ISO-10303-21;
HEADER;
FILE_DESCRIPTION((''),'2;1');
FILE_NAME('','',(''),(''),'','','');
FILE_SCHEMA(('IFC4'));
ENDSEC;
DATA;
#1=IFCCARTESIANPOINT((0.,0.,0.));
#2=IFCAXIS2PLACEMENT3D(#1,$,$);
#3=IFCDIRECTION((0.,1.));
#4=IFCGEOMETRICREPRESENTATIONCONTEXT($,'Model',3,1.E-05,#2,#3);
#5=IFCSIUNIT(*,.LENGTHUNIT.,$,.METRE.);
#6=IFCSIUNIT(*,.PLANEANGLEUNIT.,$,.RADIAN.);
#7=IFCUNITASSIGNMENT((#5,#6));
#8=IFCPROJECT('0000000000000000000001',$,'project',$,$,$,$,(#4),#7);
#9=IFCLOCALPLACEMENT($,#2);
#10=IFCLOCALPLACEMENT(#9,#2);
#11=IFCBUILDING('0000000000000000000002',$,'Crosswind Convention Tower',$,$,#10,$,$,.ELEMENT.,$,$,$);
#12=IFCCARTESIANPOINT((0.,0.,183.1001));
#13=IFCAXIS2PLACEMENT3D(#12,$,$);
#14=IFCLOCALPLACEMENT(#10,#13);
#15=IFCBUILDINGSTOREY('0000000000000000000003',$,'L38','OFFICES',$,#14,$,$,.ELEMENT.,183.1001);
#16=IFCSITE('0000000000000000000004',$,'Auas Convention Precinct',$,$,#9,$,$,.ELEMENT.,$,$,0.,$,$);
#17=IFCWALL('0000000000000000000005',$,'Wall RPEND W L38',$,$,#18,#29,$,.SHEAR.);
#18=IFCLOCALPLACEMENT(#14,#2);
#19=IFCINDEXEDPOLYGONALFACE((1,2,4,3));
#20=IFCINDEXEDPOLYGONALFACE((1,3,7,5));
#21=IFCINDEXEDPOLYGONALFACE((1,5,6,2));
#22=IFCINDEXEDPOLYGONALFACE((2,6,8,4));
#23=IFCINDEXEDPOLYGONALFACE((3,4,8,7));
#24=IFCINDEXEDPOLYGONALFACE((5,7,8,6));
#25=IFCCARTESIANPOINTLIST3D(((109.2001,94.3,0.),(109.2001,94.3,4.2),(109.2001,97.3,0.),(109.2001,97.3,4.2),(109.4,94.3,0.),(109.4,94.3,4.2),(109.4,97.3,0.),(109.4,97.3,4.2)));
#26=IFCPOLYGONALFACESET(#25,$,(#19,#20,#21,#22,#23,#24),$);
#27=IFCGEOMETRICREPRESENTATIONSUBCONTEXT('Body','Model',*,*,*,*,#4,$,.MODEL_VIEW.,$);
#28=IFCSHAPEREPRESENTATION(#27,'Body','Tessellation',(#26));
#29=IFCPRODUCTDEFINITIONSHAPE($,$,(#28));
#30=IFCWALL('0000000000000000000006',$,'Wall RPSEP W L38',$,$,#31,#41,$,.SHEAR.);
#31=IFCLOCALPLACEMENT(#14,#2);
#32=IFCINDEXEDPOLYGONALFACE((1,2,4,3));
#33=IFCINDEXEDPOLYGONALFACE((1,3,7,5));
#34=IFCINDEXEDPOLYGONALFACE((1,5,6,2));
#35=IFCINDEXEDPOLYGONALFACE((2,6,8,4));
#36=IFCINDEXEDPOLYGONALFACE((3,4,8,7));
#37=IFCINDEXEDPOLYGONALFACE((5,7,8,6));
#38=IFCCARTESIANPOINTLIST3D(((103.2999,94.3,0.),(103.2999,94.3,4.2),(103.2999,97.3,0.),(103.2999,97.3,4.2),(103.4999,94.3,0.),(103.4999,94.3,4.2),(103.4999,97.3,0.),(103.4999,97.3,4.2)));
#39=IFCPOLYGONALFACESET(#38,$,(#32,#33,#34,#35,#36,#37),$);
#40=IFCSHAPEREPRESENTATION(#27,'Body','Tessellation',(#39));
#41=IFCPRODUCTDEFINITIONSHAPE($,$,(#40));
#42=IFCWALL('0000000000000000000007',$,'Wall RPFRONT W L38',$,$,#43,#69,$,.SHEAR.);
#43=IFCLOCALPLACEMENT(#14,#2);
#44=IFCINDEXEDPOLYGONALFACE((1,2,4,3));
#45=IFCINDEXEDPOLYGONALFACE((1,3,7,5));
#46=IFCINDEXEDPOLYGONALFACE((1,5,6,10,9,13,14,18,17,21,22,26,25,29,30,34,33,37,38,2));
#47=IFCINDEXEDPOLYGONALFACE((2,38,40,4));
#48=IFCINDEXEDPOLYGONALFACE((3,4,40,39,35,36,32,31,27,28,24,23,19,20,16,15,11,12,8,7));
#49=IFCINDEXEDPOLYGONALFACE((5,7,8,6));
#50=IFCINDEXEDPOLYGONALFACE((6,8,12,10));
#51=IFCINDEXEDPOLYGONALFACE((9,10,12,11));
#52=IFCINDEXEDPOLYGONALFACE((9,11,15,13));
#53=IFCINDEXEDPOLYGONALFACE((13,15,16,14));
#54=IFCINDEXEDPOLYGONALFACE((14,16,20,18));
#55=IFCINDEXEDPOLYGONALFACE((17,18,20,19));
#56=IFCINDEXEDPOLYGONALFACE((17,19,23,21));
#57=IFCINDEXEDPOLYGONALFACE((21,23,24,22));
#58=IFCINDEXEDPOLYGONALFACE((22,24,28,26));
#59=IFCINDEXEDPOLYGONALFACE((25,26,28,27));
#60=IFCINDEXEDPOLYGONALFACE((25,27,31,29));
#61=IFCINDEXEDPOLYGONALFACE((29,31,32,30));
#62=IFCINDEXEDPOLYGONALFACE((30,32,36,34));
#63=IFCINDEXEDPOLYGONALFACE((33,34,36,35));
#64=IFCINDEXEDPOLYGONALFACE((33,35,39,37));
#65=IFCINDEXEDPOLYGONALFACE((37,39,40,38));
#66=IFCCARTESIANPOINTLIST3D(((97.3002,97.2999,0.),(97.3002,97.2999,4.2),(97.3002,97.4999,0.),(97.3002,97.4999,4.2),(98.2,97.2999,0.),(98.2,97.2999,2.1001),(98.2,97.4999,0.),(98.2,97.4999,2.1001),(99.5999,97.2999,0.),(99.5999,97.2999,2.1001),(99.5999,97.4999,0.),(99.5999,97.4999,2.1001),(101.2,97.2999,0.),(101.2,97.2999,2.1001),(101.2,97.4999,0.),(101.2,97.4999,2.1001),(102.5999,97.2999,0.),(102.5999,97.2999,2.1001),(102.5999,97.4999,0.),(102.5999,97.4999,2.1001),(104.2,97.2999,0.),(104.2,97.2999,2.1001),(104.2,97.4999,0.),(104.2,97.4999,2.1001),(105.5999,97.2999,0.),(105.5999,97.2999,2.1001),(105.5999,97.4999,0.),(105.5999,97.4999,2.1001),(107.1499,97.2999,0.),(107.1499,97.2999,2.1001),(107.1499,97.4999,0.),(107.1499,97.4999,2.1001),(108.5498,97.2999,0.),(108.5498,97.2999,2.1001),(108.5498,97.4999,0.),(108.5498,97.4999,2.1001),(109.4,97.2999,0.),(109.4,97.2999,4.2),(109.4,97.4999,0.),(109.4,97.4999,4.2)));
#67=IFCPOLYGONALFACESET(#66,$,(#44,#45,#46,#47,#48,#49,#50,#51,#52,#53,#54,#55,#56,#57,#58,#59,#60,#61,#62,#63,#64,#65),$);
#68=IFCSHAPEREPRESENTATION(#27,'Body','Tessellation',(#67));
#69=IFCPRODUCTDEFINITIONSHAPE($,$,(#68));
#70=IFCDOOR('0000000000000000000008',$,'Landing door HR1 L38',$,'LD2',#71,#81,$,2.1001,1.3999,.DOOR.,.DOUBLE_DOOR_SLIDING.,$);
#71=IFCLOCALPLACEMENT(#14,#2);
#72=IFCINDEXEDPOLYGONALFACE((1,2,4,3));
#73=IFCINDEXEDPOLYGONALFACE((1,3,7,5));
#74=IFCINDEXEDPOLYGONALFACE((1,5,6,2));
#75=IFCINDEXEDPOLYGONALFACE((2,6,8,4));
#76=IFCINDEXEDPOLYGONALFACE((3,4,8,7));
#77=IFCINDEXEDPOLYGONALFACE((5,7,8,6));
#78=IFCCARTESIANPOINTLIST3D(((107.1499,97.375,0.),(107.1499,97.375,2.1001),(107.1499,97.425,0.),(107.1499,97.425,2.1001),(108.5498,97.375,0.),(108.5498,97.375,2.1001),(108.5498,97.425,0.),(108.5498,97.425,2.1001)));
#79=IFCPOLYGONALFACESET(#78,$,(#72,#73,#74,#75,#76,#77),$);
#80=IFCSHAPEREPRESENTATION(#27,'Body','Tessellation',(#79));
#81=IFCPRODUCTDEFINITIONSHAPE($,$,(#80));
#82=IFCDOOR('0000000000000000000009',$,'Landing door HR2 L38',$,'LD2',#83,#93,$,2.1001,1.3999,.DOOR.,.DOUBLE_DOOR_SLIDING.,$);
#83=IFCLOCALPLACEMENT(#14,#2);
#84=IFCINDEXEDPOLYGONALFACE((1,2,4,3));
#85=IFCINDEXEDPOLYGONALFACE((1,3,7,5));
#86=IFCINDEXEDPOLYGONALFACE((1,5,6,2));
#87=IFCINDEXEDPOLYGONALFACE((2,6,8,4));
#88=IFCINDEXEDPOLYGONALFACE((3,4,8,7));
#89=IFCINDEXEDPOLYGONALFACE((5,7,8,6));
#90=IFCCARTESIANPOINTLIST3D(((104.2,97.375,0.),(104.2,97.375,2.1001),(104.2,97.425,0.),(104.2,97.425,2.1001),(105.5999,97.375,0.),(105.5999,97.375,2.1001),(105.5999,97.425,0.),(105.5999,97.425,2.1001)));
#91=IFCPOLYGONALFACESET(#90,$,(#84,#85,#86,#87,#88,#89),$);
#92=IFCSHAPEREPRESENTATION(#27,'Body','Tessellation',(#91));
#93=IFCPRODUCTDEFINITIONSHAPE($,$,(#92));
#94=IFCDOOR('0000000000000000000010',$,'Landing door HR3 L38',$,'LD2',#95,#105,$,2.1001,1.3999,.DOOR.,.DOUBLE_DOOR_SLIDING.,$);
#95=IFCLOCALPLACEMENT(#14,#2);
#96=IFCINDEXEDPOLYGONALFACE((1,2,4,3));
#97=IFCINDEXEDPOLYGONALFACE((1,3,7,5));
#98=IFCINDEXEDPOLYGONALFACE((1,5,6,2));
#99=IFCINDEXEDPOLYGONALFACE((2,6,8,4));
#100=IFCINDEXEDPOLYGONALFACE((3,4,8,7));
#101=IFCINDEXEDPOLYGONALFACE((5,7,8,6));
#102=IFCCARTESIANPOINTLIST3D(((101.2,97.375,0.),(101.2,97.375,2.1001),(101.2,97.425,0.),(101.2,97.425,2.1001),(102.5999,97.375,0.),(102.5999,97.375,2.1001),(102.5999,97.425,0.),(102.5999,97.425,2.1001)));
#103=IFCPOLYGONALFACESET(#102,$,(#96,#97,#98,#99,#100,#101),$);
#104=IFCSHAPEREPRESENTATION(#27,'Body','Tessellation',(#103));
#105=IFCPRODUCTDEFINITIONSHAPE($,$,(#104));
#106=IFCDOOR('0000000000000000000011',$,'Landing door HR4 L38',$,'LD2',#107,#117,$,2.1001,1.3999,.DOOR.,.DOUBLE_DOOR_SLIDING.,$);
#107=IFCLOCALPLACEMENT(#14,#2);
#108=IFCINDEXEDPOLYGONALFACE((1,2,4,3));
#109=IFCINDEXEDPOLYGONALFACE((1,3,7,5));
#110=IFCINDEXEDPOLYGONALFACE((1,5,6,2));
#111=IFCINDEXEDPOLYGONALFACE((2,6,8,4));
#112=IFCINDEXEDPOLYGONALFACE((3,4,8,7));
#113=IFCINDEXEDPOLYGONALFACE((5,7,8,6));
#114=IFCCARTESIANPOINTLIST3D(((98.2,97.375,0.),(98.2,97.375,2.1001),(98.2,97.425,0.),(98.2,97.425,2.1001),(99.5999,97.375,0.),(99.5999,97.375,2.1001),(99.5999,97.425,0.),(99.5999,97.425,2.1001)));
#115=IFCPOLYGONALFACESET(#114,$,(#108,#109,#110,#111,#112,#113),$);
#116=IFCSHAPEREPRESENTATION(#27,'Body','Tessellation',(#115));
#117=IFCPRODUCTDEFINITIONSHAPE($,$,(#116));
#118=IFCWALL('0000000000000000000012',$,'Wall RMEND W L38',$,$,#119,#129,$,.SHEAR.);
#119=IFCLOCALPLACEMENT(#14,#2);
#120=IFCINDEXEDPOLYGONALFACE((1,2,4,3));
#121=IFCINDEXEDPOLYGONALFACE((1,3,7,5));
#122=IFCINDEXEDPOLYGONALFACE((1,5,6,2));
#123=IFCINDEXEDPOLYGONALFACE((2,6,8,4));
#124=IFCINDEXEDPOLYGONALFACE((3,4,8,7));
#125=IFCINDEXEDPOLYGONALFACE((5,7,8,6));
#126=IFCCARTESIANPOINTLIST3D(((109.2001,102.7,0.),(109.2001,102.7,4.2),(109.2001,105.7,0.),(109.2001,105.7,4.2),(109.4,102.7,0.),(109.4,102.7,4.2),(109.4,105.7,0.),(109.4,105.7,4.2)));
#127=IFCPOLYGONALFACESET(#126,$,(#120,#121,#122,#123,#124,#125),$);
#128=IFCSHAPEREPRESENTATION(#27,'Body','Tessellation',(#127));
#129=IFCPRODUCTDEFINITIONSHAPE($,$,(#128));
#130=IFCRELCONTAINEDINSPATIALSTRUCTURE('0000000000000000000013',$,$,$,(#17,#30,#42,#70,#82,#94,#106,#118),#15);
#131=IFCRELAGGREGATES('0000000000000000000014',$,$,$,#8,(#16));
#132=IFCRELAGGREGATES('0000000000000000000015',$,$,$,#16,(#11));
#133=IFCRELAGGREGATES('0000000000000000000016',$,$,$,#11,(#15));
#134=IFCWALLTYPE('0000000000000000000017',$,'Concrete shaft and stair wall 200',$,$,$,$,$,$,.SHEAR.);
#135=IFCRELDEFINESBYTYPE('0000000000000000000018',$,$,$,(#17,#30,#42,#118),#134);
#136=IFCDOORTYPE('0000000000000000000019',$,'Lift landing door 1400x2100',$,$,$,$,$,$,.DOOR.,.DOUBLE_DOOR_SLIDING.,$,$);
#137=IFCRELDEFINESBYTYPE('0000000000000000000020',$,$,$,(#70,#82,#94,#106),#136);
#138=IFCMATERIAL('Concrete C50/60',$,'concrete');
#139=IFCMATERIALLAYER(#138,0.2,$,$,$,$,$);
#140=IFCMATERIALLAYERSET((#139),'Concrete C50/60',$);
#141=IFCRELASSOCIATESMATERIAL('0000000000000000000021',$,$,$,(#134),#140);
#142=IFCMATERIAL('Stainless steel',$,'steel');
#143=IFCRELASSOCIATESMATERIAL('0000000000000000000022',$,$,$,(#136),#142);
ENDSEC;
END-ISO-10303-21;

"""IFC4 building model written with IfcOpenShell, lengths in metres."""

from ifc_helpers import new_model, si_unit, direction, frame, frame_2d, origin, place, context, subcontext, project, spatial, rectangle, extrude, material, layer, layer_set, type_object, element, fill, save


model = new_model("IFC4")

# Units and contexts
model_context = context("Model", 3, precision=1e-05, world=origin(), true_north=direction((0.0, 1.0)))
body_context = subcontext(model_context, "Body", "Model", "MODEL_VIEW")
ifc_project = project(units=[si_unit("LENGTHUNIT", "METRE"), si_unit("PLANEANGLEUNIT", "RADIAN")], contexts=[model_context])

# Site, building, storey
site_placement = place(None, origin())
site = spatial("IfcSite", under=ifc_project, at=site_placement, Name="Auas Convention Precinct", CompositionType="ELEMENT", RefElevation=0.0)
building_placement = place(site_placement, origin())
building = spatial("IfcBuilding", under=site, at=building_placement, Name="Crosswind Convention Tower", CompositionType="ELEMENT")
storey_placement = place(building_placement, frame((0.0, 0.0, 183.1001)))
storey = spatial("IfcBuildingStorey", under=building, at=storey_placement, Name="L38", Description="OFFICES", CompositionType="ELEMENT", Elevation=183.1001)

# Walls
ifc_material_1 = material(Name="Concrete C50/60", Category="concrete")
ifc_layer_1 = layer(ifc_material_1, 0.2)
ifc_layer_set_1 = layer_set([ifc_layer_1], Name="Concrete C50/60")
wall_type_1 = type_object("IfcWallType", Name="Concrete shaft and stair wall 200", PredefinedType="SHEAR", material=ifc_layer_set_1)
for number, where, z_axis, x_axis, name in (
    (1, (109.3, 97.3, 0.0), (0.0, 0.0, 1.0), (0.0, -1.0, 0.0), "Wall RPEND W L38"),
    (2, (103.3999, 97.3, 0.0), (0.0, 0.0, 1.0), (0.0, -1.0, 0.0), "Wall RPSEP W L38"),
):
    element("IfcWall", number, at=place(storey_placement, frame(where, z_axis=z_axis, x_axis=x_axis)), inside=storey, type_object=wall_type_1, Name=name, PredefinedType="SHEAR", context=body_context, shape_type="SweptSolid", body=[
        extrude(rectangle(XDim=3.0, YDim=0.2, at=frame_2d((1.5, 0.0))), origin(), (0.0, 0.0, 1.0), 4.2),
    ])

# Wall, openings, doors
wall_1_placement = place(storey_placement, frame((109.3999, 97.3999, 0.0), z_axis=(0.0, 0.0, 1.0), x_axis=(-1.0, 0.0, 0.0)))
wall_1 = element("IfcWall", 3, at=wall_1_placement, inside=storey, type_object=wall_type_1, Name="Wall RPFRONT W L38", PredefinedType="SHEAR", context=body_context, shape_type="SweptSolid", body=[
    extrude(rectangle(XDim=12.0999, YDim=0.2, at=frame_2d((6.0498, 0.0))), origin(), (0.0, 0.0, 1.0), 4.2),
])
opening_1_placement = place(wall_1_placement, frame((0.8501, 0.0, 0.0)))
opening_1 = element("IfcOpeningElement", 4, at=opening_1_placement, cuts=wall_1, PredefinedType="OPENING", context=body_context, shape_type="SweptSolid", body=[
    extrude(rectangle(XDim=1.3999, YDim=2.1001, at=frame_2d((0.7, 1.05))), frame((0.0, 0.1099, 0.0), z_axis=(0.0, -1.0, 0.0), x_axis=(1.0, 0.0, 0.0)), (0.0, 0.0, 1.0), 0.22),
])
opening_2_placement = place(wall_1_placement, frame((3.8, 0.0, 0.0)))
opening_2 = element("IfcOpeningElement", 5, at=opening_2_placement, cuts=wall_1, PredefinedType="OPENING", context=body_context, shape_type="SweptSolid", body=[
    extrude(rectangle(XDim=1.3999, YDim=2.1001, at=frame_2d((0.7, 1.05))), frame((0.0, 0.1099, 0.0), z_axis=(0.0, -1.0, 0.0), x_axis=(1.0, 0.0, 0.0)), (0.0, 0.0, 1.0), 0.22),
])
opening_3_placement = place(wall_1_placement, frame((6.8, 0.0, 0.0)))
opening_3 = element("IfcOpeningElement", 6, at=opening_3_placement, cuts=wall_1, PredefinedType="OPENING", context=body_context, shape_type="SweptSolid", body=[
    extrude(rectangle(XDim=1.3999, YDim=2.1001, at=frame_2d((0.7, 1.05))), frame((0.0, 0.1099, 0.0), z_axis=(0.0, -1.0, 0.0), x_axis=(1.0, 0.0, 0.0)), (0.0, 0.0, 1.0), 0.22),
])
opening_4_placement = place(wall_1_placement, frame((9.8, 0.0, 0.0)))
opening_4 = element("IfcOpeningElement", 7, at=opening_4_placement, cuts=wall_1, PredefinedType="OPENING", context=body_context, shape_type="SweptSolid", body=[
    extrude(rectangle(XDim=1.3999, YDim=2.1001, at=frame_2d((0.7, 1.05))), frame((0.0, 0.1099, 0.0), z_axis=(0.0, -1.0, 0.0), x_axis=(1.0, 0.0, 0.0)), (0.0, 0.0, 1.0), 0.22),
])
ifc_material_2 = material(Name="Stainless steel", Category="steel")
door_type_1 = type_object("IfcDoorType", Name="Lift landing door 1400x2100", OperationType="DOUBLE_DOOR_SLIDING", PredefinedType="DOOR", material=ifc_material_2)
door_1_placement = place(opening_1_placement, origin())
door_1 = element("IfcDoor", 8, at=door_1_placement, inside=storey, type_object=door_type_1, Name="Landing door HR1 L38", ObjectType="LD2", OperationType="DOUBLE_DOOR_SLIDING", OverallHeight=2.1001, OverallWidth=1.3999, PredefinedType="DOOR", context=body_context, shape_type="SweptSolid", body=[
    extrude(rectangle(XDim=1.3999, YDim=2.1001, at=frame_2d((0.7, 1.05))), frame((0.0, 0.0249, 0.0), z_axis=(0.0, -1.0, 0.0), x_axis=(1.0, 0.0, 0.0)), (0.0, 0.0, 1.0), 0.05),
])
fill(opening_1, door_1)
door_2_placement = place(opening_2_placement, origin())
door_2 = element("IfcDoor", 9, at=door_2_placement, inside=storey, type_object=door_type_1, Name="Landing door HR2 L38", ObjectType="LD2", OperationType="DOUBLE_DOOR_SLIDING", OverallHeight=2.1001, OverallWidth=1.3999, PredefinedType="DOOR", context=body_context, shape_type="SweptSolid", body=[
    extrude(rectangle(XDim=1.3999, YDim=2.1001, at=frame_2d((0.7, 1.05))), frame((0.0, 0.0249, 0.0), z_axis=(0.0, -1.0, 0.0), x_axis=(1.0, 0.0, 0.0)), (0.0, 0.0, 1.0), 0.05),
])
fill(opening_2, door_2)
door_3_placement = place(opening_3_placement, origin())
door_3 = element("IfcDoor", 10, at=door_3_placement, inside=storey, type_object=door_type_1, Name="Landing door HR3 L38", ObjectType="LD2", OperationType="DOUBLE_DOOR_SLIDING", OverallHeight=2.1001, OverallWidth=1.3999, PredefinedType="DOOR", context=body_context, shape_type="SweptSolid", body=[
    extrude(rectangle(XDim=1.3999, YDim=2.1001, at=frame_2d((0.7, 1.05))), frame((0.0, 0.0249, 0.0), z_axis=(0.0, -1.0, 0.0), x_axis=(1.0, 0.0, 0.0)), (0.0, 0.0, 1.0), 0.05),
])
fill(opening_3, door_3)
door_4_placement = place(opening_4_placement, origin())
door_4 = element("IfcDoor", 11, at=door_4_placement, inside=storey, type_object=door_type_1, Name="Landing door HR4 L38", ObjectType="LD2", OperationType="DOUBLE_DOOR_SLIDING", OverallHeight=2.1001, OverallWidth=1.3999, PredefinedType="DOOR", context=body_context, shape_type="SweptSolid", body=[
    extrude(rectangle(XDim=1.3999, YDim=2.1001, at=frame_2d((0.7, 1.05))), frame((0.0, 0.0249, 0.0), z_axis=(0.0, -1.0, 0.0), x_axis=(1.0, 0.0, 0.0)), (0.0, 0.0, 1.0), 0.05),
])
fill(opening_4, door_4)

# Wall
wall_2_placement = place(storey_placement, frame((109.3, 105.7, 0.0), z_axis=(0.0, 0.0, 1.0), x_axis=(0.0, -1.0, 0.0)))
element("IfcWall", 12, at=wall_2_placement, inside=storey, type_object=wall_type_1, Name="Wall RMEND W L38", PredefinedType="SHEAR", context=body_context, shape_type="SweptSolid", body=[
    extrude(rectangle(XDim=3.0, YDim=0.2, at=frame_2d((1.5, 0.0))), origin(), (0.0, 0.0, 1.0), 4.2),
])

save(model, "model.ifc")
